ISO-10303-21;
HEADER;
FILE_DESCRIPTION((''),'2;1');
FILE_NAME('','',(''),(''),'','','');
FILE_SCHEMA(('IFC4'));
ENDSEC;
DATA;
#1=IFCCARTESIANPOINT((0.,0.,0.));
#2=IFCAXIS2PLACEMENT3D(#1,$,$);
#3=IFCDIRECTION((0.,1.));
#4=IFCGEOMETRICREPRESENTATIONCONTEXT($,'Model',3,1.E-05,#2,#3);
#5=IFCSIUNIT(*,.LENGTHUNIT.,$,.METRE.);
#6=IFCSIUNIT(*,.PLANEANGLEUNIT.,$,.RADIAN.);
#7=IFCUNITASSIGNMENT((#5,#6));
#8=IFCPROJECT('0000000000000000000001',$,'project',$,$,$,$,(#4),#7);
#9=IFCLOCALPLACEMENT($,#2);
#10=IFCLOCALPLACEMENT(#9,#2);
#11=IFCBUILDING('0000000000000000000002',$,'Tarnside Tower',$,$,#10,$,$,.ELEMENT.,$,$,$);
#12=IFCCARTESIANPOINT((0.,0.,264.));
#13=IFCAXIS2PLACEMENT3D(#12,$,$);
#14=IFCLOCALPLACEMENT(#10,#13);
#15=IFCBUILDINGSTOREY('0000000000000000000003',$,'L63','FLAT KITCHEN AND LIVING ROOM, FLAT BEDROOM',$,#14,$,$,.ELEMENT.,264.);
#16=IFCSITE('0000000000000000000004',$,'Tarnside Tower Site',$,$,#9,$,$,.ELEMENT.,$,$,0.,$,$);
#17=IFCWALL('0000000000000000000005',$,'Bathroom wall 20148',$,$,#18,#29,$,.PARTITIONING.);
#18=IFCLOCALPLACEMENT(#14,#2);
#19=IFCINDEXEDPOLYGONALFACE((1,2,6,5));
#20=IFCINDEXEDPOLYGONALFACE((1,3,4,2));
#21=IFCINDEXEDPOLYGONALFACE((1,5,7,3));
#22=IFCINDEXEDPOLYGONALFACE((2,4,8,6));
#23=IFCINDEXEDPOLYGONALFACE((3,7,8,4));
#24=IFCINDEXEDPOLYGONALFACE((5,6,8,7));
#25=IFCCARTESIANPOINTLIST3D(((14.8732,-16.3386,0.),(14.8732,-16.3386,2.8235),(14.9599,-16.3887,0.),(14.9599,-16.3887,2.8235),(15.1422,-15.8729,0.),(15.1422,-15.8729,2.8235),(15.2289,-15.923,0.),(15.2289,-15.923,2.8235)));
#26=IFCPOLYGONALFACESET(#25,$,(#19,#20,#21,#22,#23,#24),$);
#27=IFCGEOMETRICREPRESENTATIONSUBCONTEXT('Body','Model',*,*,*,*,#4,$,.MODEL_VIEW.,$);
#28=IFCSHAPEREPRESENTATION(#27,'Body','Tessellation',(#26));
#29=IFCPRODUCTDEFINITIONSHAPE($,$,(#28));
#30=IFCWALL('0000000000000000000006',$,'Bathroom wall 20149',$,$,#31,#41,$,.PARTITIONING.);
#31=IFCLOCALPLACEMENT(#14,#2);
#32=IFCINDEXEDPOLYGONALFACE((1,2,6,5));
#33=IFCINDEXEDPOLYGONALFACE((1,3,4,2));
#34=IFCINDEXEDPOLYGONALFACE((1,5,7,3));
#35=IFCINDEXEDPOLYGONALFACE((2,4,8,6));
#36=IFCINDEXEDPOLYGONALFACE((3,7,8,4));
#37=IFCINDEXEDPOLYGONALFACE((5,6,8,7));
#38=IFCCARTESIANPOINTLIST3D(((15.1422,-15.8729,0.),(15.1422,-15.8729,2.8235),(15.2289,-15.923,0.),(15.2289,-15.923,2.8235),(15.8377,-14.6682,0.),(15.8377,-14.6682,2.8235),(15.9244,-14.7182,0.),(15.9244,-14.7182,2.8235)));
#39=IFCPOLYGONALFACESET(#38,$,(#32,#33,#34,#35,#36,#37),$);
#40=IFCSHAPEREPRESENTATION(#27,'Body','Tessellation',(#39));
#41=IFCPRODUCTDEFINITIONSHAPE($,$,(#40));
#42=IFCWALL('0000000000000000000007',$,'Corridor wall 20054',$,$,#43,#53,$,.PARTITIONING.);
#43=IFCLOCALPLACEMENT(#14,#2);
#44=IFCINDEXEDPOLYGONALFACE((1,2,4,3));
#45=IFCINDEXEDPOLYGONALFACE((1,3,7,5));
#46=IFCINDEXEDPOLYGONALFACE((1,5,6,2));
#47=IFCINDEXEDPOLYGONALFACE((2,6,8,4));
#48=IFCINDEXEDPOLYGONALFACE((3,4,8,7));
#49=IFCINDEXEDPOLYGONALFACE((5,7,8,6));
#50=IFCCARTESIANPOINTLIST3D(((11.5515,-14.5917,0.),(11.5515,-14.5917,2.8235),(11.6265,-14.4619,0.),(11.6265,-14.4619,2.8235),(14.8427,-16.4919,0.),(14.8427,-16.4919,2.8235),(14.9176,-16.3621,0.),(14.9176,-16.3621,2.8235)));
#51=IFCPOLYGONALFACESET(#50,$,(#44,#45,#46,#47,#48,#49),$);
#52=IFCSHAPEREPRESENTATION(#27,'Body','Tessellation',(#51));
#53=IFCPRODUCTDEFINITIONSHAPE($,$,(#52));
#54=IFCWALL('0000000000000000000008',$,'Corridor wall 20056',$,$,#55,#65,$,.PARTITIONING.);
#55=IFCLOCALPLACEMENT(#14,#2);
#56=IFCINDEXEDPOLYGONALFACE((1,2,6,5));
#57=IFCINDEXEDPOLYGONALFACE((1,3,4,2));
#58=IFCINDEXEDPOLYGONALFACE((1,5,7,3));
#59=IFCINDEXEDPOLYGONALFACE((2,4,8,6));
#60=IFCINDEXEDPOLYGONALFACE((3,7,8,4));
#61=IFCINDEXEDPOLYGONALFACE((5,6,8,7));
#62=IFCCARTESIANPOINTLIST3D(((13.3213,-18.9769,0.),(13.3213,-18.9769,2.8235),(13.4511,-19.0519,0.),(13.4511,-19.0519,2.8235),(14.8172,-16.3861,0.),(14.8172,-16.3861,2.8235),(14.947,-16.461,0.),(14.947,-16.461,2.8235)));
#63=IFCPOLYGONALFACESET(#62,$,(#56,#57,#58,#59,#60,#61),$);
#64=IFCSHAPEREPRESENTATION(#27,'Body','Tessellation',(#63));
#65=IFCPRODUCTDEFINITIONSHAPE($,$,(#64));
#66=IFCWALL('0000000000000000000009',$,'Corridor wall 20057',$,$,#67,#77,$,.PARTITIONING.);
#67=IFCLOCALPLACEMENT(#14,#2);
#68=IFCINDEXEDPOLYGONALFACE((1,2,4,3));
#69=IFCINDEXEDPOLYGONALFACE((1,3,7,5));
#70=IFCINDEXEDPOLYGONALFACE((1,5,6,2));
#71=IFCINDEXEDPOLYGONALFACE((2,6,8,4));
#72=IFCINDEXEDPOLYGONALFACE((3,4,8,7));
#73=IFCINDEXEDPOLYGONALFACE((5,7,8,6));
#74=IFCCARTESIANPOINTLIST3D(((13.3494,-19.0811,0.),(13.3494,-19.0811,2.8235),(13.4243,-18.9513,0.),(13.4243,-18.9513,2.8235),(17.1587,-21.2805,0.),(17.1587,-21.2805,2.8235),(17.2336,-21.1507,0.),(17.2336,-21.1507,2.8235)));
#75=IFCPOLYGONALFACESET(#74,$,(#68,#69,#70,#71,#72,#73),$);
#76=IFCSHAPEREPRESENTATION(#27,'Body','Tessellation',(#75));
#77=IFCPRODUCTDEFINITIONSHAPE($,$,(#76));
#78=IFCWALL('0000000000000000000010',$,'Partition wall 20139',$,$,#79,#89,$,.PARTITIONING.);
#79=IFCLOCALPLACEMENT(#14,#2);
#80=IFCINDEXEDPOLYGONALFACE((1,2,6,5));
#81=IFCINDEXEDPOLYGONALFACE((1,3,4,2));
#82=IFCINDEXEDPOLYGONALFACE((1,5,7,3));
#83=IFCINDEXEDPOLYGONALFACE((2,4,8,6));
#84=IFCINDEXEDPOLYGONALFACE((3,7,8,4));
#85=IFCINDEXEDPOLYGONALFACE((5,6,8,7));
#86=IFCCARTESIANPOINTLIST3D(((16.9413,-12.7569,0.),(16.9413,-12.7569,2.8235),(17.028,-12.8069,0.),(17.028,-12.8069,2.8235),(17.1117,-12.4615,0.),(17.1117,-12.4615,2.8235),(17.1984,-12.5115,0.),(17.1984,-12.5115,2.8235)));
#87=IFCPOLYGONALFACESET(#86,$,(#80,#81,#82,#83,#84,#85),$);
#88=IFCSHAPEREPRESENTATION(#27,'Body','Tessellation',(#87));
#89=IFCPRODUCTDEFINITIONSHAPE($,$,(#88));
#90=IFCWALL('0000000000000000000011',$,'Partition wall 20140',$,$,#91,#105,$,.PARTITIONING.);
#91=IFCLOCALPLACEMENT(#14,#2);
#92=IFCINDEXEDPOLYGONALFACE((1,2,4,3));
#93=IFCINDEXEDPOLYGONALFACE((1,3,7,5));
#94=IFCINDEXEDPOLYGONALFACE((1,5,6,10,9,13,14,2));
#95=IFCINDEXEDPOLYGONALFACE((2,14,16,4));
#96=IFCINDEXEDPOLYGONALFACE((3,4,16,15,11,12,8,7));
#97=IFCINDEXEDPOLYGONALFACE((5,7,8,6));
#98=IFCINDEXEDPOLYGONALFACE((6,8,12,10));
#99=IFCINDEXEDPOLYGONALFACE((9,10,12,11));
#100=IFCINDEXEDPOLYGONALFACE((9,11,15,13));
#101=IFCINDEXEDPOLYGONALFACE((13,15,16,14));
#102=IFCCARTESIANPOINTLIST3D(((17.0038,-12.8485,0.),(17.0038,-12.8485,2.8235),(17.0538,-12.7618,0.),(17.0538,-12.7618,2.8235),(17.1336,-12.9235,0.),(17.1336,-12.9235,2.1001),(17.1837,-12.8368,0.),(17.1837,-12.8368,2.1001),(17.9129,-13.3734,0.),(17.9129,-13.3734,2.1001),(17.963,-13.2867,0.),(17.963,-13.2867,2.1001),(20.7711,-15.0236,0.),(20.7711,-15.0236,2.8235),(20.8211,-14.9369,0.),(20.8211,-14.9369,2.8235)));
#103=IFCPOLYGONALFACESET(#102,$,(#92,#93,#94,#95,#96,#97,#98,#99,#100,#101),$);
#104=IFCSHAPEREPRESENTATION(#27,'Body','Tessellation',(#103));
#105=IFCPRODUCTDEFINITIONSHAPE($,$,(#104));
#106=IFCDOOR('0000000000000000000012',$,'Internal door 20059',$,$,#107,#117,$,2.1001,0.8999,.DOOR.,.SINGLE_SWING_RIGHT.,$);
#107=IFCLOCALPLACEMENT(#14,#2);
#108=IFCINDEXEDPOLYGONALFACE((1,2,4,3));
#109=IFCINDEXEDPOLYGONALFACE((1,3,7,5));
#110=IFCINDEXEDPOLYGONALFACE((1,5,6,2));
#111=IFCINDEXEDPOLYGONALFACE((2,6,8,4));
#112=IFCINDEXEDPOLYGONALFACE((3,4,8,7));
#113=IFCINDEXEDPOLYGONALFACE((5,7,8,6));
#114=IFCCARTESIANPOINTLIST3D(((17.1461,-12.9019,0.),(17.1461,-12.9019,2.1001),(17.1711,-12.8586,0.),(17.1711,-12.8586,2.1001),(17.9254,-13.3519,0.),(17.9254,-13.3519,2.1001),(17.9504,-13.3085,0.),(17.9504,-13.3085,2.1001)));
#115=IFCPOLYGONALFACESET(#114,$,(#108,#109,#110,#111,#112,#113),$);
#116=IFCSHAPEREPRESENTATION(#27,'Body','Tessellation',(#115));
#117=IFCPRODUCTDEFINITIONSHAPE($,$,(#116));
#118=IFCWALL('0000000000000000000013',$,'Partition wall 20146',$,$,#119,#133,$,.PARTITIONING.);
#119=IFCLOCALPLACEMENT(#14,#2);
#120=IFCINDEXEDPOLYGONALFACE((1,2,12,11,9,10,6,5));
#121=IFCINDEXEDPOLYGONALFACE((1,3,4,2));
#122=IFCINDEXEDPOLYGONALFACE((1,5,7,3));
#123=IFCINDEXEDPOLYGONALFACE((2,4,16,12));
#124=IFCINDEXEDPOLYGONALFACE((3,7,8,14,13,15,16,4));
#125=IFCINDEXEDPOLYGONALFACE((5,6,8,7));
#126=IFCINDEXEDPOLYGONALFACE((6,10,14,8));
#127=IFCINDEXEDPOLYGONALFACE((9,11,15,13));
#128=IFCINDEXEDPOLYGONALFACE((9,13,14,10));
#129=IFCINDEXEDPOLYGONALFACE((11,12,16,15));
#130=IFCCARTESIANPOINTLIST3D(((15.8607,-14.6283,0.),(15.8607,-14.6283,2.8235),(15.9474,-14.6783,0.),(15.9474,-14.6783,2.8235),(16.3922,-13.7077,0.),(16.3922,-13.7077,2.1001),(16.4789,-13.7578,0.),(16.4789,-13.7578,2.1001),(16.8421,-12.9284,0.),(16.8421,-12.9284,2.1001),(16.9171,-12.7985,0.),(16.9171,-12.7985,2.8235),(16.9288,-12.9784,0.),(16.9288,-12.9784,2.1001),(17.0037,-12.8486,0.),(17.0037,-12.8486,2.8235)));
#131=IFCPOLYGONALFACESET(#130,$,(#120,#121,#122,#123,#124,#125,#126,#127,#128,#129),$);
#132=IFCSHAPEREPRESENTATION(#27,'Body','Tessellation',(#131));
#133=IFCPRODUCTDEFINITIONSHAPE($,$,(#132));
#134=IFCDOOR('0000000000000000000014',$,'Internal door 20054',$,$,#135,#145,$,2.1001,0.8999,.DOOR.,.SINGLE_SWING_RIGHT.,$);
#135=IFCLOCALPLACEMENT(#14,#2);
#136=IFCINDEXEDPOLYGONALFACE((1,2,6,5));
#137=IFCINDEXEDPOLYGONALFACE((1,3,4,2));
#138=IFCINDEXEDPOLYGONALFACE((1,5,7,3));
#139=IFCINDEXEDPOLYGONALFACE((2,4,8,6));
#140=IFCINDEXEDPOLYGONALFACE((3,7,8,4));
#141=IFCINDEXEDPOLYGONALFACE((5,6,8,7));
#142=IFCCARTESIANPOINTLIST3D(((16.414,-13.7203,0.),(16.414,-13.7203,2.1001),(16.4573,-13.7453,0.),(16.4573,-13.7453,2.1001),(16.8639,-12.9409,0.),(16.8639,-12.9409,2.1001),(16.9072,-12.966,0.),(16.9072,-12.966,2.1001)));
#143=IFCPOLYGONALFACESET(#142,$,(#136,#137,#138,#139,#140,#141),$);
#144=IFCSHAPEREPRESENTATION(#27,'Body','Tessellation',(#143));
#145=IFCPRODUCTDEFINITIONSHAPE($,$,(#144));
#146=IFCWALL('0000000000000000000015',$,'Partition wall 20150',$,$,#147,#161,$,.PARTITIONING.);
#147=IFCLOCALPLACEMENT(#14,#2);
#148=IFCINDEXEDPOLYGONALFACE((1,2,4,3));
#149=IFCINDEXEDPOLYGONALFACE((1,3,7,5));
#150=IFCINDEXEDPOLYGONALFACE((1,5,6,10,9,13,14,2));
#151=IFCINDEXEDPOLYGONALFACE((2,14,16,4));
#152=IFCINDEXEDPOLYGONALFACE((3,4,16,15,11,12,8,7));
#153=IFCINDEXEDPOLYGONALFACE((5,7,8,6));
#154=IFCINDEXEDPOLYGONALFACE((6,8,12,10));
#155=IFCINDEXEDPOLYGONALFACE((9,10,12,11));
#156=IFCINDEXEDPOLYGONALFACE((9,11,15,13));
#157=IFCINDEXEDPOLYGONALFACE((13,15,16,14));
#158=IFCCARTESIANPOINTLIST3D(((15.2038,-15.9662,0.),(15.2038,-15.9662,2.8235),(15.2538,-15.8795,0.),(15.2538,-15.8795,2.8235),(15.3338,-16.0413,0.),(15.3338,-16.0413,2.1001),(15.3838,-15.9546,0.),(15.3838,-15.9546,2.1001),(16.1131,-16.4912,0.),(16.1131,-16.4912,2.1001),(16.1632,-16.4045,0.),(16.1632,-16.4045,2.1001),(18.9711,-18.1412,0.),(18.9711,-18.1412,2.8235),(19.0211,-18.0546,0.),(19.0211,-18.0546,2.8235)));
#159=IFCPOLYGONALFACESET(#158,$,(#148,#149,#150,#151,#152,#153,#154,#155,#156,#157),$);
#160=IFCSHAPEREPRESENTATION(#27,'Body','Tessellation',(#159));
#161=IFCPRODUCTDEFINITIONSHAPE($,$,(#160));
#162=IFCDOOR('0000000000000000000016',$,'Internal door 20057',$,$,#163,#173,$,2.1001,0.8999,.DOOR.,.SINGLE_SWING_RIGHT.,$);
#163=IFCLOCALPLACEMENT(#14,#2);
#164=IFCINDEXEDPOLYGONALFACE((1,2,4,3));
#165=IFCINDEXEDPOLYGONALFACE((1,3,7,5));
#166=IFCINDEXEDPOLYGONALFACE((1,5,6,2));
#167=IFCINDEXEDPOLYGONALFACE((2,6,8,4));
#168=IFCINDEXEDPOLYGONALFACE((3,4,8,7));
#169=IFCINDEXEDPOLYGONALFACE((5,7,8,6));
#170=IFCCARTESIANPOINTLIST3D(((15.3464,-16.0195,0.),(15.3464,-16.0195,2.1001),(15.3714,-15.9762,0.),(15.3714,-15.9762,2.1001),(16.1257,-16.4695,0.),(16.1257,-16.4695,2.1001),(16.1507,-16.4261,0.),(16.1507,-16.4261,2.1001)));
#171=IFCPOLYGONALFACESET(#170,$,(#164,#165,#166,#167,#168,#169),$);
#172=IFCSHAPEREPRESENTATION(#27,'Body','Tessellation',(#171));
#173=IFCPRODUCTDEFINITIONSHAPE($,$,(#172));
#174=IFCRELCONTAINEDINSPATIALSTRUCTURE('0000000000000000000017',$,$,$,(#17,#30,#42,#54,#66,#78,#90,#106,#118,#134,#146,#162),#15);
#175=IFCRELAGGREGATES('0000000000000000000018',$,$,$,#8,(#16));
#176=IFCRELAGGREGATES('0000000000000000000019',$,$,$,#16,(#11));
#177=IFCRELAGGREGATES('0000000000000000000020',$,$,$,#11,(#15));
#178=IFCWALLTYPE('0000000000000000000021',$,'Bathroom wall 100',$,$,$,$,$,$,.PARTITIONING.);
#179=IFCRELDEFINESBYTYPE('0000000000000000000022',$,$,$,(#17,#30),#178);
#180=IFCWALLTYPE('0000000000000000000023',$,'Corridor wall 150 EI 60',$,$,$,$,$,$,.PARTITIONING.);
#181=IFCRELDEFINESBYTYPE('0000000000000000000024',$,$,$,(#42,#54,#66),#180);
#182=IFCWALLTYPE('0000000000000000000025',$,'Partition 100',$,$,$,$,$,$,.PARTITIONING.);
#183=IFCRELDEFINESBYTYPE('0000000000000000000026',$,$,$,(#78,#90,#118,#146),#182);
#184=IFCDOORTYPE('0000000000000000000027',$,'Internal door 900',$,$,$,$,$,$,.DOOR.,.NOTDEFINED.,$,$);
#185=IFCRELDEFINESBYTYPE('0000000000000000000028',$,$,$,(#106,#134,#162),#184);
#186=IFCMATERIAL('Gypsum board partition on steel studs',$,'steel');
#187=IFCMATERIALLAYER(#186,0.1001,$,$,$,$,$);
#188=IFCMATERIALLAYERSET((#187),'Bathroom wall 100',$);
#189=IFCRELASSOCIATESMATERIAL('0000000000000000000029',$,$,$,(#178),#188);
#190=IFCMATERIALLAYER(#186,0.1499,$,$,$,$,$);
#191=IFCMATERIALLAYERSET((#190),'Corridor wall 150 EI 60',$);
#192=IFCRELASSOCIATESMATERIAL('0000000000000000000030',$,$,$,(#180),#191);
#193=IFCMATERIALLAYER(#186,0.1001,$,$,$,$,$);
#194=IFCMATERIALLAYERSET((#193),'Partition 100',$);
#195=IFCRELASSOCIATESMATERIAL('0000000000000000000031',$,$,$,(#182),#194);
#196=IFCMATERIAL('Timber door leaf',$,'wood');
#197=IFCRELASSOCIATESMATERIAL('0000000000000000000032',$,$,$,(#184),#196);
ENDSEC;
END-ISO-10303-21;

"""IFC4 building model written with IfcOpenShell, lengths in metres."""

from ifc_helpers import new_model, si_unit, direction, frame, frame_2d, origin, place, context, subcontext, project, spatial, rectangle, extrude, material, layer, layer_set, type_object, element, fill, save


model = new_model("IFC4")

# Units and contexts
model_context = context("Model", 3, precision=1e-05, world=origin(), true_north=direction((0.0, 1.0)))
body_context = subcontext(model_context, "Body", "Model", "MODEL_VIEW")
ifc_project = project(units=[si_unit("LENGTHUNIT", "METRE"), si_unit("PLANEANGLEUNIT", "RADIAN")], contexts=[model_context])

# Site, building, storey
site_placement = place(None, origin())
site = spatial("IfcSite", under=ifc_project, at=site_placement, Name="Tarnside Tower Site", CompositionType="ELEMENT", RefElevation=0.0)
building_placement = place(site_placement, origin())
building = spatial("IfcBuilding", under=site, at=building_placement, Name="Tarnside Tower", CompositionType="ELEMENT")
storey_placement = place(building_placement, frame((0.0, 0.0, 264.0)))
storey = spatial("IfcBuildingStorey", under=building, at=storey_placement, Name="L63", Description="FLAT KITCHEN AND LIVING ROOM, FLAT BEDROOM", CompositionType="ELEMENT", Elevation=264.0)

# Walls
ifc_material_1 = material(Name="Gypsum board partition on steel studs", Category="steel")
ifc_layer_1 = layer(ifc_material_1, 0.1001)
ifc_layer_set_1 = layer_set([ifc_layer_1], Name="Bathroom wall 100")
wall_type_1 = type_object("IfcWallType", Name="Bathroom wall 100", PredefinedType="PARTITIONING", material=ifc_layer_set_1)
wall_1_placement = place(storey_placement, frame((14.9165, -16.3638, 0.0), z_axis=(0.0, 0.0, 1.0), x_axis=(0.500141, 0.865944, 0.0)))
element("IfcWall", 1, at=wall_1_placement, inside=storey, type_object=wall_type_1, Name="Bathroom wall 20148", PredefinedType="PARTITIONING", context=body_context, shape_type="SweptSolid", body=[
    extrude(rectangle(XDim=0.5378, YDim=0.1001, at=frame_2d((0.269, 0.0))), origin(), (0.0, 0.0, 1.0), 2.8235),
])
wall_2_placement = place(storey_placement, frame((15.1855, -15.8979, 0.0), z_axis=(0.0, 0.0, 1.0), x_axis=(0.499971, 0.866042, 0.0)))
element("IfcWall", 2, at=wall_2_placement, inside=storey, type_object=wall_type_1, Name="Bathroom wall 20149", PredefinedType="PARTITIONING", context=body_context, shape_type="SweptSolid", body=[
    extrude(rectangle(XDim=1.3911, YDim=0.1001, at=frame_2d((0.6956, 0.0))), origin(), (0.0, 0.0, 1.0), 2.8235),
])
ifc_layer_2 = layer(ifc_material_1, 0.1499)
ifc_layer_set_2 = layer_set([ifc_layer_2], Name="Corridor wall 150 EI 60")
wall_type_2 = type_object("IfcWallType", Name="Corridor wall 150 EI 60", PredefinedType="PARTITIONING", material=ifc_layer_set_2)
wall_3_placement = place(storey_placement, frame((14.8801, -16.427, 0.0), z_axis=(0.0, 0.0, 1.0), x_axis=(-0.866017, 0.500015, 0.0)))
element("IfcWall", 3, at=wall_3_placement, inside=storey, type_object=wall_type_2, Name="Corridor wall 20054", PredefinedType="PARTITIONING", context=body_context, shape_type="SweptSolid", body=[
    extrude(rectangle(XDim=3.8003, YDim=0.1499, at=frame_2d((1.9001, 0.0))), origin(), (0.0, 0.0, 1.0), 2.8235),
])
wall_4_placement = place(storey_placement, frame((13.3862, -19.0144, 0.0), z_axis=(0.0, 0.0, 1.0), x_axis=(0.50001, 0.86602, 0.0)))
element("IfcWall", 4, at=wall_4_placement, inside=storey, type_object=wall_type_2, Name="Corridor wall 20056", PredefinedType="PARTITIONING", context=body_context, shape_type="SweptSolid", body=[
    extrude(rectangle(XDim=2.9917, YDim=0.1499, at=frame_2d((1.4958, 0.0))), origin(), (0.0, 0.0, 1.0), 2.8235),
])
wall_5_placement = place(storey_placement, frame((17.196, -21.2156, 0.0), z_axis=(0.0, 0.0, 1.0), x_axis=(-0.866011, 0.500025, 0.0)))
element("IfcWall", 5, at=wall_5_placement, inside=storey, type_object=wall_type_2, Name="Corridor wall 20057", PredefinedType="PARTITIONING", context=body_context, shape_type="SweptSolid", body=[
    extrude(rectangle(XDim=4.3987, YDim=0.1499, at=frame_2d((2.1992, 0.0))), origin(), (0.0, 0.0, 1.0), 2.8235),
])
ifc_layer_3 = layer(ifc_material_1, 0.1001)
ifc_layer_set_3 = layer_set([ifc_layer_3], Name="Partition 100")
wall_type_3 = type_object("IfcWallType", Name="Partition 100", PredefinedType="PARTITIONING", material=ifc_layer_set_3)
wall_6_placement = place(storey_placement, frame((17.155, -12.4866, 0.0), z_axis=(0.0, 0.0, 1.0), x_axis=(-0.499681, -0.866209, 0.0)))
element("IfcWall", 6, at=wall_6_placement, inside=storey, type_object=wall_type_3, Name="Partition wall 20139", PredefinedType="PARTITIONING", context=body_context, shape_type="SweptSolid", body=[
    extrude(rectangle(XDim=0.3411, YDim=0.1001, at=frame_2d((0.1704, 0.0))), origin(), (0.0, 0.0, 1.0), 2.8235),
])

# Walls, openings, doors
wall_7_placement = place(storey_placement, frame((17.0288, -12.8052, 0.0), z_axis=(0.0, 0.0, 1.0), x_axis=(0.866028, -0.499996, 0.0)))
wall_7 = element("IfcWall", 7, at=wall_7_placement, inside=storey, type_object=wall_type_3, Name="Partition wall 20140", PredefinedType="PARTITIONING", context=body_context, shape_type="SweptSolid", body=[
    extrude(rectangle(XDim=4.3501, YDim=0.1001, at=frame_2d((2.175, 0.0))), origin(), (0.0, 0.0, 1.0), 2.8235),
])
opening_1_placement = place(wall_7_placement, frame((0.1499, 0.0, 0.0)))
opening_1 = element("IfcOpeningElement", 8, at=opening_1_placement, cuts=wall_7, PredefinedType="OPENING", context=body_context, shape_type="SweptSolid", body=[
    extrude(rectangle(XDim=0.8999, YDim=2.1001, at=frame_2d((0.45, 1.05))), frame((0.0, 0.0601, 0.0), z_axis=(0.0, -1.0, 0.0), x_axis=(1.0, 0.0, 0.0)), (0.0, 0.0, 1.0), 0.1201),
])
ifc_material_2 = material(Name="Timber door leaf", Category="wood")
door_type = type_object("IfcDoorType", Name="Internal door 900", OperationType="NOTDEFINED", PredefinedType="DOOR", material=ifc_material_2)
door_1_placement = place(opening_1_placement, origin())
door_1 = element("IfcDoor", 9, at=door_1_placement, inside=storey, type_object=door_type, Name="Internal door 20059", OperationType="SINGLE_SWING_RIGHT", OverallHeight=2.1001, OverallWidth=0.8999, PredefinedType="DOOR", context=body_context, shape_type="SweptSolid", body=[
    extrude(rectangle(XDim=0.8999, YDim=2.1001, at=frame_2d((0.45, 1.05))), frame((0.0, 0.0249, 0.0), z_axis=(0.0, -1.0, 0.0), x_axis=(1.0, 0.0, 0.0)), (0.0, 0.0, 1.0), 0.05),
])
fill(opening_1, door_1)
wall_8_placement = place(storey_placement, frame((15.9041, -14.6533, 0.0), z_axis=(0.0, 0.0, 1.0), x_axis=(0.499979, 0.866037, 0.0)))
wall_8 = element("IfcWall", 10, at=wall_8_placement, inside=storey, type_object=wall_type_3, Name="Partition wall 20146", PredefinedType="PARTITIONING", context=body_context, shape_type="SweptSolid", body=[
    extrude(rectangle(XDim=2.1128, YDim=0.1001, at=frame_2d((1.0564, 0.0))), origin(), (0.0, 0.0, 1.0), 2.8235),
])
opening_2_placement = place(wall_8_placement, frame((1.063, 0.0, 0.0)))
opening_2 = element("IfcOpeningElement", 11, at=opening_2_placement, cuts=wall_8, PredefinedType="OPENING", context=body_context, shape_type="SweptSolid", body=[
    extrude(rectangle(XDim=0.8999, YDim=2.1001, at=frame_2d((0.45, 1.05))), frame((0.0, 0.0601, 0.0), z_axis=(0.0, -1.0, 0.0), x_axis=(1.0, 0.0, 0.0)), (0.0, 0.0, 1.0), 0.1201),
])
door_2_placement = place(opening_2_placement, origin())
door_2 = element("IfcDoor", 12, at=door_2_placement, inside=storey, type_object=door_type, Name="Internal door 20054", OperationType="SINGLE_SWING_RIGHT", OverallHeight=2.1001, OverallWidth=0.8999, PredefinedType="DOOR", context=body_context, shape_type="SweptSolid", body=[
    extrude(rectangle(XDim=0.8999, YDim=2.1001, at=frame_2d((0.45, 1.05))), frame((0.0, 0.0249, 0.0), z_axis=(0.0, -1.0, 0.0), x_axis=(1.0, 0.0, 0.0)), (0.0, 0.0, 1.0), 0.05),
])
fill(opening_2, door_2)
wall_9_placement = place(storey_placement, frame((18.9961, -18.0979, 0.0), z_axis=(0.0, 0.0, 1.0), x_axis=(-0.866028, 0.499996, 0.0)))
wall_9 = element("IfcWall", 13, at=wall_9_placement, inside=storey, type_object=wall_type_3, Name="Partition wall 20150", PredefinedType="PARTITIONING", context=body_context, shape_type="SweptSolid", body=[
    extrude(rectangle(XDim=4.3501, YDim=0.1001, at=frame_2d((2.175, 0.0))), origin(), (0.0, 0.0, 1.0), 2.8235),
])
opening_3_placement = place(wall_9_placement, frame((3.3, 0.0, 0.0)))
opening_3 = element("IfcOpeningElement", 14, at=opening_3_placement, cuts=wall_9, PredefinedType="OPENING", context=body_context, shape_type="SweptSolid", body=[
    extrude(rectangle(XDim=0.8999, YDim=2.1001, at=frame_2d((0.45, 1.05))), frame((0.0, 0.0601, 0.0), z_axis=(0.0, -1.0, 0.0), x_axis=(1.0, 0.0, 0.0)), (0.0, 0.0, 1.0), 0.1201),
])
door_3_placement = place(opening_3_placement, origin())
door_3 = element("IfcDoor", 15, at=door_3_placement, inside=storey, type_object=door_type, Name="Internal door 20057", OperationType="SINGLE_SWING_RIGHT", OverallHeight=2.1001, OverallWidth=0.8999, PredefinedType="DOOR", context=body_context, shape_type="SweptSolid", body=[
    extrude(rectangle(XDim=0.8999, YDim=2.1001, at=frame_2d((0.45, 1.05))), frame((0.0, 0.0249, 0.0), z_axis=(0.0, -1.0, 0.0), x_axis=(1.0, 0.0, 0.0)), (0.0, 0.0, 1.0), 0.05),
])
fill(opening_3, door_3)

save(model, "model.ifc")
